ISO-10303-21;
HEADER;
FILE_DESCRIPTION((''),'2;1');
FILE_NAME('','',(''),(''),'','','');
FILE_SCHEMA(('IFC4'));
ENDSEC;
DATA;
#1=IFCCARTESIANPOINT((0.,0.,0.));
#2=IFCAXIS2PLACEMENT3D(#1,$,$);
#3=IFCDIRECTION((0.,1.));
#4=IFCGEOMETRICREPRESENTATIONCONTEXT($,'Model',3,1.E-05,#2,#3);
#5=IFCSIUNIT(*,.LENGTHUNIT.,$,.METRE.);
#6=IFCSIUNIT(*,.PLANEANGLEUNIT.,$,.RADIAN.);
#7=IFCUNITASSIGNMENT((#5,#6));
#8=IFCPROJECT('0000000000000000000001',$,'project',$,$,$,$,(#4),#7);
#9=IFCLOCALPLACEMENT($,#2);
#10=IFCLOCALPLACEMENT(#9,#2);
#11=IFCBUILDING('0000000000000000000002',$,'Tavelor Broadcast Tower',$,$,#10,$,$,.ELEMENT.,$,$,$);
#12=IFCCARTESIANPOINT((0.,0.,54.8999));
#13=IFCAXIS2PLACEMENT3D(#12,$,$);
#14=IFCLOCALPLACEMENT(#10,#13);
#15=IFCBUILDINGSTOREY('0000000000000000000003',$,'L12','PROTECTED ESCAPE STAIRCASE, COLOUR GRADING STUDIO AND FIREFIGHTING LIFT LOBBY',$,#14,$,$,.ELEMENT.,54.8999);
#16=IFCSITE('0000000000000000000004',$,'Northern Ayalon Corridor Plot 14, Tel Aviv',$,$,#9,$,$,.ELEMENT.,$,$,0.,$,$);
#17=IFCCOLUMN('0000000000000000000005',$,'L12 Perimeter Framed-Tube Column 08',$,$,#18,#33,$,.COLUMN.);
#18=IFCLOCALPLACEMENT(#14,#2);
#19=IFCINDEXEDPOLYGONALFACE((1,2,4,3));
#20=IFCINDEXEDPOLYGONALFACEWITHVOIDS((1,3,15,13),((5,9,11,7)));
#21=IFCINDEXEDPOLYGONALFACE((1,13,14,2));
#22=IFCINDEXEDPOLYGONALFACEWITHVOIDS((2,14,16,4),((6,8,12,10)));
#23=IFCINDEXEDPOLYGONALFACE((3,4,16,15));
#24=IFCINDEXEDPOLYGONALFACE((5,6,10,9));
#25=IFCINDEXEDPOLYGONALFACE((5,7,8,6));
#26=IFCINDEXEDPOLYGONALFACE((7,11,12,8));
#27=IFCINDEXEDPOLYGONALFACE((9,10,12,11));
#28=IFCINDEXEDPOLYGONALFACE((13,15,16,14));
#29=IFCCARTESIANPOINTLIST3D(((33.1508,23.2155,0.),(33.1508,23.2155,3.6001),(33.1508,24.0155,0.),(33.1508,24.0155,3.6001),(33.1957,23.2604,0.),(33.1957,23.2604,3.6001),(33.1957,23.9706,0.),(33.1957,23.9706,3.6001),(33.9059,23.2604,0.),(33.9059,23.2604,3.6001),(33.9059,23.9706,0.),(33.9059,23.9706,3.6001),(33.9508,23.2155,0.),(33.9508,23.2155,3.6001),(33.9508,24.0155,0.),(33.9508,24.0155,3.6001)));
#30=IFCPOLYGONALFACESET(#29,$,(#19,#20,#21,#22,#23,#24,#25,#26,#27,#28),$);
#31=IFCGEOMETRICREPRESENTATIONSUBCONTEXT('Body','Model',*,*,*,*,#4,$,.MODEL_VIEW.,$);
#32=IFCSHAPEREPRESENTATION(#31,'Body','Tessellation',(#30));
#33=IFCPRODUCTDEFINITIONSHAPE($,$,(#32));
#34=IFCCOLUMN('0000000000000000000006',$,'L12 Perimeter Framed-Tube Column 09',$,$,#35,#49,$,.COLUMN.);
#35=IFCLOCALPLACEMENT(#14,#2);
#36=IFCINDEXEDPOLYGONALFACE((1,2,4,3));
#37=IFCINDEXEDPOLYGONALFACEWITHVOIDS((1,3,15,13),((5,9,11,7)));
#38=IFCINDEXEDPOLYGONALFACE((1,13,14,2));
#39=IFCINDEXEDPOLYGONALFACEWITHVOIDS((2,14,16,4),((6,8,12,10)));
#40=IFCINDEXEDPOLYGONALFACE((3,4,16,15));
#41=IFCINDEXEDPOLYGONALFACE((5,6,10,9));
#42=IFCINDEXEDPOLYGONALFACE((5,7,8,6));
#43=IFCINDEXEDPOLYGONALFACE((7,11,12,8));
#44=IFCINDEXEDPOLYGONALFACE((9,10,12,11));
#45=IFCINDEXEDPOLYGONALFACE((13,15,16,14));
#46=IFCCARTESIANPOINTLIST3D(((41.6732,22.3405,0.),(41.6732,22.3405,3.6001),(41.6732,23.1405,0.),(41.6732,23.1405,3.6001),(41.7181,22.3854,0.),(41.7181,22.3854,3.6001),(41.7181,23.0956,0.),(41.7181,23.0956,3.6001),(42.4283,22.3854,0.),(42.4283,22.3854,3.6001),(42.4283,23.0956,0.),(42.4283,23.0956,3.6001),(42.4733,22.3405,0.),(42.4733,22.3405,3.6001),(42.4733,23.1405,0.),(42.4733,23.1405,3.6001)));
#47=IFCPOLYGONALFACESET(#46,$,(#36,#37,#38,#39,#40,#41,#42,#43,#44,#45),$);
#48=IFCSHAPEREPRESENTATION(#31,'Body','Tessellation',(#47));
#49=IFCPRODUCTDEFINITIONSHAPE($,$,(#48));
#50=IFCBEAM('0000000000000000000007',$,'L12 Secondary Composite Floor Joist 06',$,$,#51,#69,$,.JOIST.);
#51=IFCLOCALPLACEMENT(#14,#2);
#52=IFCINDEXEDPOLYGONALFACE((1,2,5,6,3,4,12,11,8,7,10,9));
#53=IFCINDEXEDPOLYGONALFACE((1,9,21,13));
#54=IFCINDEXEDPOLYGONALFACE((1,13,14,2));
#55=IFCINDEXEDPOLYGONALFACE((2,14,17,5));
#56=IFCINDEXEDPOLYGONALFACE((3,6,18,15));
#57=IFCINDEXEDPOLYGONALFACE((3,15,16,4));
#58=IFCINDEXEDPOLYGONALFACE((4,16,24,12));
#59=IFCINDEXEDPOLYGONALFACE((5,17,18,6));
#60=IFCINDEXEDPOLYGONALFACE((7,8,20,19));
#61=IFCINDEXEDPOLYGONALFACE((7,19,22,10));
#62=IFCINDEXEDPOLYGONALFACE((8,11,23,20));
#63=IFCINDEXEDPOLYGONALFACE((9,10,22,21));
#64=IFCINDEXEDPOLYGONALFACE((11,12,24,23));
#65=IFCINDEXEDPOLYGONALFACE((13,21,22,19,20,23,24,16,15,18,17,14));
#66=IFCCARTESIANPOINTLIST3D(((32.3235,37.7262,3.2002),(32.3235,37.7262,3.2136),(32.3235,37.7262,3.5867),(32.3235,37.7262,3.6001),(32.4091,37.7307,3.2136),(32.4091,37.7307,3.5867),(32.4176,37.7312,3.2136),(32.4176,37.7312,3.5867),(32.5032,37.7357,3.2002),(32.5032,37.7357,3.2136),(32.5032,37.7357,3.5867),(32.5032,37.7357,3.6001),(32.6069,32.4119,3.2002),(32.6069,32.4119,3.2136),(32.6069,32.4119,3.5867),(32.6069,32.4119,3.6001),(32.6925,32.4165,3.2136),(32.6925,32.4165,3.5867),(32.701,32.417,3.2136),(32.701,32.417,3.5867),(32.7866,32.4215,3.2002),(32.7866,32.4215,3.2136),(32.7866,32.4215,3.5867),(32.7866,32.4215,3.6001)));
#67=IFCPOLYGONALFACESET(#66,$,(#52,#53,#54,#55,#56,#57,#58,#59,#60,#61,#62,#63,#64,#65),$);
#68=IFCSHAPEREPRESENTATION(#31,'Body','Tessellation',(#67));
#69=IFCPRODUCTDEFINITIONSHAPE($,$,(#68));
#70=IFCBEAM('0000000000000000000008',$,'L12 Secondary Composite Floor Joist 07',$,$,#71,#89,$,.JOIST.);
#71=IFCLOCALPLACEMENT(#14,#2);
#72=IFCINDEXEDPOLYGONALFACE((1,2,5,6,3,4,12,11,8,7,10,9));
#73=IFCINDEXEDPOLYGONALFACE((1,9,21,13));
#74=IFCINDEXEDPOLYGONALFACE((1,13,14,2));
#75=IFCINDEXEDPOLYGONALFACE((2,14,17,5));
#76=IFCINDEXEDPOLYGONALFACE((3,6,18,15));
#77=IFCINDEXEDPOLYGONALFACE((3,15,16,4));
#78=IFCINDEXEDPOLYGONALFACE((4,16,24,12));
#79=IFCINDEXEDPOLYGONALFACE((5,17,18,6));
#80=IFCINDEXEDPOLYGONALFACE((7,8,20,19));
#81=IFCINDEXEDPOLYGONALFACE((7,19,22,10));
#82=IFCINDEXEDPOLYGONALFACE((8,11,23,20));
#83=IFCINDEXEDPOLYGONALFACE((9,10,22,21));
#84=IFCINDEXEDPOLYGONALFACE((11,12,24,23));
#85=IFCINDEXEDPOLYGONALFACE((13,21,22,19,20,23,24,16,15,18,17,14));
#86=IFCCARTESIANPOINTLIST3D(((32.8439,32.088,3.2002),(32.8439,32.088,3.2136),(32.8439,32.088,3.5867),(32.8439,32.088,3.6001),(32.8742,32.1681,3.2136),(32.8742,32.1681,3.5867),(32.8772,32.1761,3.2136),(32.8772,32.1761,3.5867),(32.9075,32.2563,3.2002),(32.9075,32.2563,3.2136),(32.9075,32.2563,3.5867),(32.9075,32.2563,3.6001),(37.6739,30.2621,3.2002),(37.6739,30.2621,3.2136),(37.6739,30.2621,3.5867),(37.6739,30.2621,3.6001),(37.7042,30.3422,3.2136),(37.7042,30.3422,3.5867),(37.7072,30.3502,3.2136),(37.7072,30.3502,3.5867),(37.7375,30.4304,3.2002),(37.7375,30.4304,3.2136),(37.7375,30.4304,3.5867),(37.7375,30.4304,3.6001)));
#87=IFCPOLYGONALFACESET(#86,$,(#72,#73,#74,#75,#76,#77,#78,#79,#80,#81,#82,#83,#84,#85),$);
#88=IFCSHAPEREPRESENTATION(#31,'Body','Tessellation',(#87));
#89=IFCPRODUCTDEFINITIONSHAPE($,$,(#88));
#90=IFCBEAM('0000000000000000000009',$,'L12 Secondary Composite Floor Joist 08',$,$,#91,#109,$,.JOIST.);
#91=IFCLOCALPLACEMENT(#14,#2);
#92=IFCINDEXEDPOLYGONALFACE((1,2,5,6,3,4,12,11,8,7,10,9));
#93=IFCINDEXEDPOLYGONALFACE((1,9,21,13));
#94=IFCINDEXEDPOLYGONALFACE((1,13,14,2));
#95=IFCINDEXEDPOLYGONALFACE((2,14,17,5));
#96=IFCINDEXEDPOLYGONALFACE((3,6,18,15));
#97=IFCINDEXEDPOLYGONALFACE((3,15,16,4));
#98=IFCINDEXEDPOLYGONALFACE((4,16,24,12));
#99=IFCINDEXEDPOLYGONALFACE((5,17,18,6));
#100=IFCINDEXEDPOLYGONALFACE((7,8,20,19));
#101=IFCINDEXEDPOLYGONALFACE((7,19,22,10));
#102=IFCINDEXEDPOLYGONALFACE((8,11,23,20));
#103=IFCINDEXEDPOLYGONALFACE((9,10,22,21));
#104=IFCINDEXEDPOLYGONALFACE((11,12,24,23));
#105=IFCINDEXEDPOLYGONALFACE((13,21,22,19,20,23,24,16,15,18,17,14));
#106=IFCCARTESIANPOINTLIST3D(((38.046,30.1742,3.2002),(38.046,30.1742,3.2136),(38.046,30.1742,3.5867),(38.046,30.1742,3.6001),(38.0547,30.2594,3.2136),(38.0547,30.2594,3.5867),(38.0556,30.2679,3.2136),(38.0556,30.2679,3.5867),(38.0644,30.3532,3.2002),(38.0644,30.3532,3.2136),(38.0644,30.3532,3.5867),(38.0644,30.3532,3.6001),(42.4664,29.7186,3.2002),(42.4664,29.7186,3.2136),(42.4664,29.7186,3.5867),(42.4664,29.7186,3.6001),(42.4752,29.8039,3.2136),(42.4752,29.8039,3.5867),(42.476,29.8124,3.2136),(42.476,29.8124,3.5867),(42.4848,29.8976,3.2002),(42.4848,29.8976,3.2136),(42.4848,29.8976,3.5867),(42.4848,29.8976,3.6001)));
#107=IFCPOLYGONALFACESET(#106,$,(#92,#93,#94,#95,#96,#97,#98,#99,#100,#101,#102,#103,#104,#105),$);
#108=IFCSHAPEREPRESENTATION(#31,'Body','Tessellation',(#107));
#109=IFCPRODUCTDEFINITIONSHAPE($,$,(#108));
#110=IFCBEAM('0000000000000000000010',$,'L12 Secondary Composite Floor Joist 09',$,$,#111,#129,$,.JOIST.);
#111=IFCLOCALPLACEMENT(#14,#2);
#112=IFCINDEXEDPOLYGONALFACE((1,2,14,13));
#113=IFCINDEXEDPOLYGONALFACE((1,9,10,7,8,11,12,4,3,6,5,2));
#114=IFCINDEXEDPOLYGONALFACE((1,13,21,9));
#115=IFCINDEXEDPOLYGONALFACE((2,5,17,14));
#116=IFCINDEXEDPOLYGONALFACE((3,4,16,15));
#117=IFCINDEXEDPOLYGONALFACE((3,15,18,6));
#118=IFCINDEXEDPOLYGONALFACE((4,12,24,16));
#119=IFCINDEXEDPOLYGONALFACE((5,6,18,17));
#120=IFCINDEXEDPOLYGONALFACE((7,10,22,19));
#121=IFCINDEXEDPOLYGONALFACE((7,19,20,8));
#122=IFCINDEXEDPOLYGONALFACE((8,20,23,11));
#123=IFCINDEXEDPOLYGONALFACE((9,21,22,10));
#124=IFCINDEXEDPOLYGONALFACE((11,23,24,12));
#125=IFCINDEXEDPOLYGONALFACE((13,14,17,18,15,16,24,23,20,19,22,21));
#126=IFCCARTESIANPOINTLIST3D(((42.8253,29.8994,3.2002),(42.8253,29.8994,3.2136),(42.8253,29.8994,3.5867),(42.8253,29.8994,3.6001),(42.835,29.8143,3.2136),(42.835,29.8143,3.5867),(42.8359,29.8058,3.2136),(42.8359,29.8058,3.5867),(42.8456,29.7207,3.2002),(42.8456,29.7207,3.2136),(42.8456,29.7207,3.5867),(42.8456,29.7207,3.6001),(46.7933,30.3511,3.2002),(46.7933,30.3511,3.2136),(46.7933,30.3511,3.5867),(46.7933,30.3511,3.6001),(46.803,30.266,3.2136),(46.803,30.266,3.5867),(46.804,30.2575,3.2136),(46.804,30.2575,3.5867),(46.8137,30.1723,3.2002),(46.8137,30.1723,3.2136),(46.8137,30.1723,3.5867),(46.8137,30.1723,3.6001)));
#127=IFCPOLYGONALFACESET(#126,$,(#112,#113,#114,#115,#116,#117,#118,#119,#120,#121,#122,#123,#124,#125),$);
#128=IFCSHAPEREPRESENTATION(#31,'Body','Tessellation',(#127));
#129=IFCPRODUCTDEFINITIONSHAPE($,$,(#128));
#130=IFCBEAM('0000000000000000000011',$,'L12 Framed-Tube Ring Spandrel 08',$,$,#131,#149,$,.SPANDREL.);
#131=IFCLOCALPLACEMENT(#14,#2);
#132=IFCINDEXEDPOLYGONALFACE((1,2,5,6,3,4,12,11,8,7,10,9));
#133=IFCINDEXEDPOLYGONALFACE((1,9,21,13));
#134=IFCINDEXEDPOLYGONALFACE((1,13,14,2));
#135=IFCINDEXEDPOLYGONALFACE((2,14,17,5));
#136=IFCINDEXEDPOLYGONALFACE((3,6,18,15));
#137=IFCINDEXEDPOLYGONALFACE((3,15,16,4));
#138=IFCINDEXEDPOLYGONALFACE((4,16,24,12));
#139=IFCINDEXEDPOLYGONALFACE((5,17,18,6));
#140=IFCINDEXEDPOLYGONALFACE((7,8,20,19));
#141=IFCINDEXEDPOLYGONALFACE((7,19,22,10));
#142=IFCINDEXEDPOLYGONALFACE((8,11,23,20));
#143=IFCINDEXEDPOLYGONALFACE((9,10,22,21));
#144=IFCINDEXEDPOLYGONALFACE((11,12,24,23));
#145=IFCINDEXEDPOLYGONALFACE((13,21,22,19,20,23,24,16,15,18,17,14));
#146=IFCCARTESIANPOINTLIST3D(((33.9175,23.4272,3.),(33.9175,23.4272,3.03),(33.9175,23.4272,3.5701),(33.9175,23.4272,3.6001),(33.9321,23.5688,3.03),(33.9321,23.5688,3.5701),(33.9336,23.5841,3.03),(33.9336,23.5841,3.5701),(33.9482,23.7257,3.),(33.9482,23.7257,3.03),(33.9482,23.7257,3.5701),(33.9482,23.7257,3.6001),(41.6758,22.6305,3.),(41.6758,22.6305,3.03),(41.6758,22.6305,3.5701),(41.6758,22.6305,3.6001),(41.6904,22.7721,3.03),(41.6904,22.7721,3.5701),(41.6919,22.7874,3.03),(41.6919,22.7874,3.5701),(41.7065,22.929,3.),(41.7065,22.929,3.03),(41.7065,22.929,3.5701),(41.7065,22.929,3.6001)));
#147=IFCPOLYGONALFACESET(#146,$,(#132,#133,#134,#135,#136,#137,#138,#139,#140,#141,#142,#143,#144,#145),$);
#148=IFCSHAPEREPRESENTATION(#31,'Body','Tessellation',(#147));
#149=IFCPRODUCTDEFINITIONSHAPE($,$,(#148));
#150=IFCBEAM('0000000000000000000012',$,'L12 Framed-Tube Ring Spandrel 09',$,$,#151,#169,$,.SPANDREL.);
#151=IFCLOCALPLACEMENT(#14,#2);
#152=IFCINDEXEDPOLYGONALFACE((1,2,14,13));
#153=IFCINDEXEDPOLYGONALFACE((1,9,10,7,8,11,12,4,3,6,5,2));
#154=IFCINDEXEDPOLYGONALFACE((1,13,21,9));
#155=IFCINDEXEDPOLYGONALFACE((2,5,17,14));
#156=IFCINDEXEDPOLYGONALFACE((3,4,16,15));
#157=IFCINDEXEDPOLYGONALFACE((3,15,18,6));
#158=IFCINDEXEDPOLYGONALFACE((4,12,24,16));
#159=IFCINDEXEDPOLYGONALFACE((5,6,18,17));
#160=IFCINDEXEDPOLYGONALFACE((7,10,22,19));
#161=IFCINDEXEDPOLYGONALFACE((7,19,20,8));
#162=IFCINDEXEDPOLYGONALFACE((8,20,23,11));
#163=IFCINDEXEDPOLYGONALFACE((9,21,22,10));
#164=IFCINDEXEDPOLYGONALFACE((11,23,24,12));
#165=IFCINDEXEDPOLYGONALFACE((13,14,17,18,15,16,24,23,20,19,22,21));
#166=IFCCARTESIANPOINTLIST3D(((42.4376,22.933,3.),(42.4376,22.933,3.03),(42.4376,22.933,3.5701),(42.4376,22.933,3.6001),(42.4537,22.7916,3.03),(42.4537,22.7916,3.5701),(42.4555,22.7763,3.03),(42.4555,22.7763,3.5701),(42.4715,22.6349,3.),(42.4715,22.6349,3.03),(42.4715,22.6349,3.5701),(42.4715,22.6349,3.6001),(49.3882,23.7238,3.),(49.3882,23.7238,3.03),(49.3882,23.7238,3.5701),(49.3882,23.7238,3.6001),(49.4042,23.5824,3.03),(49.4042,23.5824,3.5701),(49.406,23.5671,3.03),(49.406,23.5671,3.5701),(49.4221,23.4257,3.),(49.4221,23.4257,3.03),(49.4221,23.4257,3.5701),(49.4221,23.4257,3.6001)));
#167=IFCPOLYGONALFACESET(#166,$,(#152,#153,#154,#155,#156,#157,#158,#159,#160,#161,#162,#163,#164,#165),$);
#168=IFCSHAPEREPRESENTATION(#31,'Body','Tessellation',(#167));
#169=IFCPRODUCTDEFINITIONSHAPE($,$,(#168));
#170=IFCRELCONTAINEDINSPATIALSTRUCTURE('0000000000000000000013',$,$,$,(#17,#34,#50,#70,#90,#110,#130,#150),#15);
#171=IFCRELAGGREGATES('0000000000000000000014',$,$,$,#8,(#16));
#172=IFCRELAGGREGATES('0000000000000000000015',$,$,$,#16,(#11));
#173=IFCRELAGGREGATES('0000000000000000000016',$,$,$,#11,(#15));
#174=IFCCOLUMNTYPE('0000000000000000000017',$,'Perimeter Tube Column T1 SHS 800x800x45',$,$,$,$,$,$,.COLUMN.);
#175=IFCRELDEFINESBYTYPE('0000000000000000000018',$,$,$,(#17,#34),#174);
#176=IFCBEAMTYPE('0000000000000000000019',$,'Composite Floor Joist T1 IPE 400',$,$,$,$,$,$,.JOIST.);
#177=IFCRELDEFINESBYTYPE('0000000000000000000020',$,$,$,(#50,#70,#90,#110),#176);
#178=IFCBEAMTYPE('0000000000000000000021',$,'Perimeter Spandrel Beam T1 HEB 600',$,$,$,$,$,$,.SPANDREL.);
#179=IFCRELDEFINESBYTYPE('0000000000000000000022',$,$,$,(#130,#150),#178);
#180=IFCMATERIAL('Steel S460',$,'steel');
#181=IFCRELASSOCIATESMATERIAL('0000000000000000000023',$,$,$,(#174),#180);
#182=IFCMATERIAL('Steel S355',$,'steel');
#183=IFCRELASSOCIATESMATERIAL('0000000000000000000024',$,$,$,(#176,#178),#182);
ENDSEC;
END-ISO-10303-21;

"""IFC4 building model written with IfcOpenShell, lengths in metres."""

from ifc_helpers import new_model, si_unit, direction, frame, origin, origin_2d, place, context, subcontext, project, spatial, hollow_rectangle, i_section, extrude, material, material_profile, profile_set, type_object, element, save


model = new_model("IFC4")

# Units and contexts
model_context = context("Model", 3, precision=1e-05, world=origin(), true_north=direction((0.0, 1.0)))
body_context = subcontext(model_context, "Body", "Model", "MODEL_VIEW")
ifc_project = project(units=[si_unit("LENGTHUNIT", "METRE"), si_unit("PLANEANGLEUNIT", "RADIAN")], contexts=[model_context])

# Site, building, storey
site_placement = place(None, origin())
site = spatial("IfcSite", under=ifc_project, at=site_placement, Name="Northern Ayalon Corridor Plot 14, Tel Aviv", CompositionType="ELEMENT", RefElevation=0.0)
building_placement = place(site_placement, origin())
building = spatial("IfcBuilding", under=site, at=building_placement, Name="Tavelor Broadcast Tower", CompositionType="ELEMENT")
storey_placement = place(building_placement, frame((0.0, 0.0, 54.8999)))
storey = spatial("IfcBuildingStorey", under=building, at=storey_placement, Name="L12", Description="PROTECTED ESCAPE STAIRCASE, COLOUR GRADING STUDIO AND FIREFIGHTING LIFT LOBBY", CompositionType="ELEMENT", Elevation=54.8999)

# Columns
ifc_material_1 = material(Name="Steel S460", Category="steel")
ifc_material_profile_1 = material_profile(ifc_material_1, hollow_rectangle(XDim=0.8, YDim=0.8, WallThickness=0.0449, at=origin_2d()), Name="SHS 800x800x45")
ifc_profile_set_1 = profile_set([ifc_material_profile_1], Name="Steel S460")
column_type = type_object("IfcColumnType", Name="Perimeter Tube Column T1 SHS 800x800x45", PredefinedType="COLUMN", material=ifc_profile_set_1)
for number, where, z_axis, x_axis, name in (
    (1, (33.5508, 23.6155, 0.0), (0.0, 0.0, 1.0), (1.0, 0.0, 0.0), "L12 Perimeter Framed-Tube Column 08"),
    (2, (42.0732, 22.7405, 0.0), (0.0, 0.0, 1.0), (1.0, 0.0, 0.0), "L12 Perimeter Framed-Tube Column 09"),
):
    element("IfcColumn", number, at=place(storey_placement, frame(where, z_axis=z_axis, x_axis=x_axis)), inside=storey, type_object=column_type, Name=name, PredefinedType="COLUMN", context=body_context, shape_type="SweptSolid", body=[
        extrude(hollow_rectangle(XDim=0.8, YDim=0.8, WallThickness=0.0449, at=origin_2d()), origin(), (0.0, 0.0, 1.0), 3.6001),
    ])

# Beams
ifc_material_2 = material(Name="Steel S355", Category="steel")
ifc_material_profile_2 = material_profile(ifc_material_2, i_section(OverallWidth=0.1799, OverallDepth=0.3999, WebThickness=0.0085, FlangeThickness=0.0134, at=origin_2d()), Name="IPE 400")
ifc_profile_set_2 = profile_set([ifc_material_profile_2], Name="Steel S355")
beam_type_1 = type_object("IfcBeamType", Name="Composite Floor Joist T1 IPE 400", PredefinedType="JOIST", material=ifc_profile_set_2)
beam_1_placement = place(storey_placement, frame((32.4133, 37.731, 3.4001), z_axis=(0.053262, -0.998581, 0.0), x_axis=(0.998581, 0.053262, 0.0)))
element("IfcBeam", 3, at=beam_1_placement, inside=storey, type_object=beam_type_1, Name="L12 Secondary Composite Floor Joist 06", PredefinedType="JOIST", context=body_context, shape_type="SweptSolid", body=[
    extrude(i_section(OverallWidth=0.1799, OverallDepth=0.3999, WebThickness=0.0085, FlangeThickness=0.0134, at=origin_2d()), origin(), (0.0, 0.0, 1.0), 5.3218),
])
beam_2_placement = place(storey_placement, frame((32.8757, 32.1721, 3.4001), z_axis=(0.935393, -0.353609, 0.0), x_axis=(0.353609, 0.935393, 0.0)))
element("IfcBeam", 4, at=beam_2_placement, inside=storey, type_object=beam_type_1, Name="L12 Secondary Composite Floor Joist 07", PredefinedType="JOIST", context=body_context, shape_type="SweptSolid", body=[
    extrude(i_section(OverallWidth=0.1799, OverallDepth=0.3999, WebThickness=0.0085, FlangeThickness=0.0134, at=origin_2d()), origin(), (0.0, 0.0, 1.0), 5.1636),
])
beam_3_placement = place(storey_placement, frame((38.0552, 30.2637, 3.4001), z_axis=(0.994731, -0.102517, 0.0), x_axis=(0.102517, 0.994731, 0.0)))
element("IfcBeam", 5, at=beam_3_placement, inside=storey, type_object=beam_type_1, Name="L12 Secondary Composite Floor Joist 08", PredefinedType="JOIST", context=body_context, shape_type="SweptSolid", body=[
    extrude(i_section(OverallWidth=0.1799, OverallDepth=0.3999, WebThickness=0.0085, FlangeThickness=0.0134, at=origin_2d()), origin(), (0.0, 0.0, 1.0), 4.4438),
])
beam_4_placement = place(storey_placement, frame((42.8354, 29.8101, 3.4001), z_axis=(0.993584, 0.113095, 0.0), x_axis=(-0.113095, 0.993584, 0.0)))
element("IfcBeam", 6, at=beam_4_placement, inside=storey, type_object=beam_type_1, Name="L12 Secondary Composite Floor Joist 09", PredefinedType="JOIST", context=body_context, shape_type="SweptSolid", body=[
    extrude(i_section(OverallWidth=0.1799, OverallDepth=0.3999, WebThickness=0.0085, FlangeThickness=0.0134, at=origin_2d()), origin(), (0.0, 0.0, 1.0), 3.9937),
])
ifc_material_profile_3 = material_profile(ifc_material_2, i_section(OverallWidth=0.3, OverallDepth=0.6001, WebThickness=0.0154, FlangeThickness=0.03, at=origin_2d()), Name="HEB 600")
ifc_profile_set_3 = profile_set([ifc_material_profile_3], Name="Steel S355")
beam_type_2 = type_object("IfcBeamType", Name="Perimeter Spandrel Beam T1 HEB 600", PredefinedType="SPANDREL", material=ifc_profile_set_3)
beam_5_placement = place(storey_placement, frame((33.9329, 23.5764, 3.3), z_axis=(0.99477, -0.102144, 0.0), x_axis=(0.102144, 0.99477, 0.0)))
element("IfcBeam", 7, at=beam_5_placement, inside=storey, type_object=beam_type_2, Name="L12 Framed-Tube Ring Spandrel 08", PredefinedType="SPANDREL", context=body_context, shape_type="SweptSolid", body=[
    extrude(i_section(OverallWidth=0.3, OverallDepth=0.6001, WebThickness=0.0154, FlangeThickness=0.03, at=origin_2d()), origin(), (0.0, 0.0, 1.0), 7.7991),
])
beam_6_placement = place(storey_placement, frame((42.4546, 22.7839, 3.3), z_axis=(0.99359, 0.113044, 0.0), x_axis=(-0.113044, 0.99359, 0.0)))
element("IfcBeam", 8, at=beam_6_placement, inside=storey, type_object=beam_type_2, Name="L12 Framed-Tube Ring Spandrel 09", PredefinedType="SPANDREL", context=body_context, shape_type="SweptSolid", body=[
    extrude(i_section(OverallWidth=0.3, OverallDepth=0.6001, WebThickness=0.0154, FlangeThickness=0.03, at=origin_2d()), origin(), (0.0, 0.0, 1.0), 6.9954),
])

save(model, "model.ifc")
